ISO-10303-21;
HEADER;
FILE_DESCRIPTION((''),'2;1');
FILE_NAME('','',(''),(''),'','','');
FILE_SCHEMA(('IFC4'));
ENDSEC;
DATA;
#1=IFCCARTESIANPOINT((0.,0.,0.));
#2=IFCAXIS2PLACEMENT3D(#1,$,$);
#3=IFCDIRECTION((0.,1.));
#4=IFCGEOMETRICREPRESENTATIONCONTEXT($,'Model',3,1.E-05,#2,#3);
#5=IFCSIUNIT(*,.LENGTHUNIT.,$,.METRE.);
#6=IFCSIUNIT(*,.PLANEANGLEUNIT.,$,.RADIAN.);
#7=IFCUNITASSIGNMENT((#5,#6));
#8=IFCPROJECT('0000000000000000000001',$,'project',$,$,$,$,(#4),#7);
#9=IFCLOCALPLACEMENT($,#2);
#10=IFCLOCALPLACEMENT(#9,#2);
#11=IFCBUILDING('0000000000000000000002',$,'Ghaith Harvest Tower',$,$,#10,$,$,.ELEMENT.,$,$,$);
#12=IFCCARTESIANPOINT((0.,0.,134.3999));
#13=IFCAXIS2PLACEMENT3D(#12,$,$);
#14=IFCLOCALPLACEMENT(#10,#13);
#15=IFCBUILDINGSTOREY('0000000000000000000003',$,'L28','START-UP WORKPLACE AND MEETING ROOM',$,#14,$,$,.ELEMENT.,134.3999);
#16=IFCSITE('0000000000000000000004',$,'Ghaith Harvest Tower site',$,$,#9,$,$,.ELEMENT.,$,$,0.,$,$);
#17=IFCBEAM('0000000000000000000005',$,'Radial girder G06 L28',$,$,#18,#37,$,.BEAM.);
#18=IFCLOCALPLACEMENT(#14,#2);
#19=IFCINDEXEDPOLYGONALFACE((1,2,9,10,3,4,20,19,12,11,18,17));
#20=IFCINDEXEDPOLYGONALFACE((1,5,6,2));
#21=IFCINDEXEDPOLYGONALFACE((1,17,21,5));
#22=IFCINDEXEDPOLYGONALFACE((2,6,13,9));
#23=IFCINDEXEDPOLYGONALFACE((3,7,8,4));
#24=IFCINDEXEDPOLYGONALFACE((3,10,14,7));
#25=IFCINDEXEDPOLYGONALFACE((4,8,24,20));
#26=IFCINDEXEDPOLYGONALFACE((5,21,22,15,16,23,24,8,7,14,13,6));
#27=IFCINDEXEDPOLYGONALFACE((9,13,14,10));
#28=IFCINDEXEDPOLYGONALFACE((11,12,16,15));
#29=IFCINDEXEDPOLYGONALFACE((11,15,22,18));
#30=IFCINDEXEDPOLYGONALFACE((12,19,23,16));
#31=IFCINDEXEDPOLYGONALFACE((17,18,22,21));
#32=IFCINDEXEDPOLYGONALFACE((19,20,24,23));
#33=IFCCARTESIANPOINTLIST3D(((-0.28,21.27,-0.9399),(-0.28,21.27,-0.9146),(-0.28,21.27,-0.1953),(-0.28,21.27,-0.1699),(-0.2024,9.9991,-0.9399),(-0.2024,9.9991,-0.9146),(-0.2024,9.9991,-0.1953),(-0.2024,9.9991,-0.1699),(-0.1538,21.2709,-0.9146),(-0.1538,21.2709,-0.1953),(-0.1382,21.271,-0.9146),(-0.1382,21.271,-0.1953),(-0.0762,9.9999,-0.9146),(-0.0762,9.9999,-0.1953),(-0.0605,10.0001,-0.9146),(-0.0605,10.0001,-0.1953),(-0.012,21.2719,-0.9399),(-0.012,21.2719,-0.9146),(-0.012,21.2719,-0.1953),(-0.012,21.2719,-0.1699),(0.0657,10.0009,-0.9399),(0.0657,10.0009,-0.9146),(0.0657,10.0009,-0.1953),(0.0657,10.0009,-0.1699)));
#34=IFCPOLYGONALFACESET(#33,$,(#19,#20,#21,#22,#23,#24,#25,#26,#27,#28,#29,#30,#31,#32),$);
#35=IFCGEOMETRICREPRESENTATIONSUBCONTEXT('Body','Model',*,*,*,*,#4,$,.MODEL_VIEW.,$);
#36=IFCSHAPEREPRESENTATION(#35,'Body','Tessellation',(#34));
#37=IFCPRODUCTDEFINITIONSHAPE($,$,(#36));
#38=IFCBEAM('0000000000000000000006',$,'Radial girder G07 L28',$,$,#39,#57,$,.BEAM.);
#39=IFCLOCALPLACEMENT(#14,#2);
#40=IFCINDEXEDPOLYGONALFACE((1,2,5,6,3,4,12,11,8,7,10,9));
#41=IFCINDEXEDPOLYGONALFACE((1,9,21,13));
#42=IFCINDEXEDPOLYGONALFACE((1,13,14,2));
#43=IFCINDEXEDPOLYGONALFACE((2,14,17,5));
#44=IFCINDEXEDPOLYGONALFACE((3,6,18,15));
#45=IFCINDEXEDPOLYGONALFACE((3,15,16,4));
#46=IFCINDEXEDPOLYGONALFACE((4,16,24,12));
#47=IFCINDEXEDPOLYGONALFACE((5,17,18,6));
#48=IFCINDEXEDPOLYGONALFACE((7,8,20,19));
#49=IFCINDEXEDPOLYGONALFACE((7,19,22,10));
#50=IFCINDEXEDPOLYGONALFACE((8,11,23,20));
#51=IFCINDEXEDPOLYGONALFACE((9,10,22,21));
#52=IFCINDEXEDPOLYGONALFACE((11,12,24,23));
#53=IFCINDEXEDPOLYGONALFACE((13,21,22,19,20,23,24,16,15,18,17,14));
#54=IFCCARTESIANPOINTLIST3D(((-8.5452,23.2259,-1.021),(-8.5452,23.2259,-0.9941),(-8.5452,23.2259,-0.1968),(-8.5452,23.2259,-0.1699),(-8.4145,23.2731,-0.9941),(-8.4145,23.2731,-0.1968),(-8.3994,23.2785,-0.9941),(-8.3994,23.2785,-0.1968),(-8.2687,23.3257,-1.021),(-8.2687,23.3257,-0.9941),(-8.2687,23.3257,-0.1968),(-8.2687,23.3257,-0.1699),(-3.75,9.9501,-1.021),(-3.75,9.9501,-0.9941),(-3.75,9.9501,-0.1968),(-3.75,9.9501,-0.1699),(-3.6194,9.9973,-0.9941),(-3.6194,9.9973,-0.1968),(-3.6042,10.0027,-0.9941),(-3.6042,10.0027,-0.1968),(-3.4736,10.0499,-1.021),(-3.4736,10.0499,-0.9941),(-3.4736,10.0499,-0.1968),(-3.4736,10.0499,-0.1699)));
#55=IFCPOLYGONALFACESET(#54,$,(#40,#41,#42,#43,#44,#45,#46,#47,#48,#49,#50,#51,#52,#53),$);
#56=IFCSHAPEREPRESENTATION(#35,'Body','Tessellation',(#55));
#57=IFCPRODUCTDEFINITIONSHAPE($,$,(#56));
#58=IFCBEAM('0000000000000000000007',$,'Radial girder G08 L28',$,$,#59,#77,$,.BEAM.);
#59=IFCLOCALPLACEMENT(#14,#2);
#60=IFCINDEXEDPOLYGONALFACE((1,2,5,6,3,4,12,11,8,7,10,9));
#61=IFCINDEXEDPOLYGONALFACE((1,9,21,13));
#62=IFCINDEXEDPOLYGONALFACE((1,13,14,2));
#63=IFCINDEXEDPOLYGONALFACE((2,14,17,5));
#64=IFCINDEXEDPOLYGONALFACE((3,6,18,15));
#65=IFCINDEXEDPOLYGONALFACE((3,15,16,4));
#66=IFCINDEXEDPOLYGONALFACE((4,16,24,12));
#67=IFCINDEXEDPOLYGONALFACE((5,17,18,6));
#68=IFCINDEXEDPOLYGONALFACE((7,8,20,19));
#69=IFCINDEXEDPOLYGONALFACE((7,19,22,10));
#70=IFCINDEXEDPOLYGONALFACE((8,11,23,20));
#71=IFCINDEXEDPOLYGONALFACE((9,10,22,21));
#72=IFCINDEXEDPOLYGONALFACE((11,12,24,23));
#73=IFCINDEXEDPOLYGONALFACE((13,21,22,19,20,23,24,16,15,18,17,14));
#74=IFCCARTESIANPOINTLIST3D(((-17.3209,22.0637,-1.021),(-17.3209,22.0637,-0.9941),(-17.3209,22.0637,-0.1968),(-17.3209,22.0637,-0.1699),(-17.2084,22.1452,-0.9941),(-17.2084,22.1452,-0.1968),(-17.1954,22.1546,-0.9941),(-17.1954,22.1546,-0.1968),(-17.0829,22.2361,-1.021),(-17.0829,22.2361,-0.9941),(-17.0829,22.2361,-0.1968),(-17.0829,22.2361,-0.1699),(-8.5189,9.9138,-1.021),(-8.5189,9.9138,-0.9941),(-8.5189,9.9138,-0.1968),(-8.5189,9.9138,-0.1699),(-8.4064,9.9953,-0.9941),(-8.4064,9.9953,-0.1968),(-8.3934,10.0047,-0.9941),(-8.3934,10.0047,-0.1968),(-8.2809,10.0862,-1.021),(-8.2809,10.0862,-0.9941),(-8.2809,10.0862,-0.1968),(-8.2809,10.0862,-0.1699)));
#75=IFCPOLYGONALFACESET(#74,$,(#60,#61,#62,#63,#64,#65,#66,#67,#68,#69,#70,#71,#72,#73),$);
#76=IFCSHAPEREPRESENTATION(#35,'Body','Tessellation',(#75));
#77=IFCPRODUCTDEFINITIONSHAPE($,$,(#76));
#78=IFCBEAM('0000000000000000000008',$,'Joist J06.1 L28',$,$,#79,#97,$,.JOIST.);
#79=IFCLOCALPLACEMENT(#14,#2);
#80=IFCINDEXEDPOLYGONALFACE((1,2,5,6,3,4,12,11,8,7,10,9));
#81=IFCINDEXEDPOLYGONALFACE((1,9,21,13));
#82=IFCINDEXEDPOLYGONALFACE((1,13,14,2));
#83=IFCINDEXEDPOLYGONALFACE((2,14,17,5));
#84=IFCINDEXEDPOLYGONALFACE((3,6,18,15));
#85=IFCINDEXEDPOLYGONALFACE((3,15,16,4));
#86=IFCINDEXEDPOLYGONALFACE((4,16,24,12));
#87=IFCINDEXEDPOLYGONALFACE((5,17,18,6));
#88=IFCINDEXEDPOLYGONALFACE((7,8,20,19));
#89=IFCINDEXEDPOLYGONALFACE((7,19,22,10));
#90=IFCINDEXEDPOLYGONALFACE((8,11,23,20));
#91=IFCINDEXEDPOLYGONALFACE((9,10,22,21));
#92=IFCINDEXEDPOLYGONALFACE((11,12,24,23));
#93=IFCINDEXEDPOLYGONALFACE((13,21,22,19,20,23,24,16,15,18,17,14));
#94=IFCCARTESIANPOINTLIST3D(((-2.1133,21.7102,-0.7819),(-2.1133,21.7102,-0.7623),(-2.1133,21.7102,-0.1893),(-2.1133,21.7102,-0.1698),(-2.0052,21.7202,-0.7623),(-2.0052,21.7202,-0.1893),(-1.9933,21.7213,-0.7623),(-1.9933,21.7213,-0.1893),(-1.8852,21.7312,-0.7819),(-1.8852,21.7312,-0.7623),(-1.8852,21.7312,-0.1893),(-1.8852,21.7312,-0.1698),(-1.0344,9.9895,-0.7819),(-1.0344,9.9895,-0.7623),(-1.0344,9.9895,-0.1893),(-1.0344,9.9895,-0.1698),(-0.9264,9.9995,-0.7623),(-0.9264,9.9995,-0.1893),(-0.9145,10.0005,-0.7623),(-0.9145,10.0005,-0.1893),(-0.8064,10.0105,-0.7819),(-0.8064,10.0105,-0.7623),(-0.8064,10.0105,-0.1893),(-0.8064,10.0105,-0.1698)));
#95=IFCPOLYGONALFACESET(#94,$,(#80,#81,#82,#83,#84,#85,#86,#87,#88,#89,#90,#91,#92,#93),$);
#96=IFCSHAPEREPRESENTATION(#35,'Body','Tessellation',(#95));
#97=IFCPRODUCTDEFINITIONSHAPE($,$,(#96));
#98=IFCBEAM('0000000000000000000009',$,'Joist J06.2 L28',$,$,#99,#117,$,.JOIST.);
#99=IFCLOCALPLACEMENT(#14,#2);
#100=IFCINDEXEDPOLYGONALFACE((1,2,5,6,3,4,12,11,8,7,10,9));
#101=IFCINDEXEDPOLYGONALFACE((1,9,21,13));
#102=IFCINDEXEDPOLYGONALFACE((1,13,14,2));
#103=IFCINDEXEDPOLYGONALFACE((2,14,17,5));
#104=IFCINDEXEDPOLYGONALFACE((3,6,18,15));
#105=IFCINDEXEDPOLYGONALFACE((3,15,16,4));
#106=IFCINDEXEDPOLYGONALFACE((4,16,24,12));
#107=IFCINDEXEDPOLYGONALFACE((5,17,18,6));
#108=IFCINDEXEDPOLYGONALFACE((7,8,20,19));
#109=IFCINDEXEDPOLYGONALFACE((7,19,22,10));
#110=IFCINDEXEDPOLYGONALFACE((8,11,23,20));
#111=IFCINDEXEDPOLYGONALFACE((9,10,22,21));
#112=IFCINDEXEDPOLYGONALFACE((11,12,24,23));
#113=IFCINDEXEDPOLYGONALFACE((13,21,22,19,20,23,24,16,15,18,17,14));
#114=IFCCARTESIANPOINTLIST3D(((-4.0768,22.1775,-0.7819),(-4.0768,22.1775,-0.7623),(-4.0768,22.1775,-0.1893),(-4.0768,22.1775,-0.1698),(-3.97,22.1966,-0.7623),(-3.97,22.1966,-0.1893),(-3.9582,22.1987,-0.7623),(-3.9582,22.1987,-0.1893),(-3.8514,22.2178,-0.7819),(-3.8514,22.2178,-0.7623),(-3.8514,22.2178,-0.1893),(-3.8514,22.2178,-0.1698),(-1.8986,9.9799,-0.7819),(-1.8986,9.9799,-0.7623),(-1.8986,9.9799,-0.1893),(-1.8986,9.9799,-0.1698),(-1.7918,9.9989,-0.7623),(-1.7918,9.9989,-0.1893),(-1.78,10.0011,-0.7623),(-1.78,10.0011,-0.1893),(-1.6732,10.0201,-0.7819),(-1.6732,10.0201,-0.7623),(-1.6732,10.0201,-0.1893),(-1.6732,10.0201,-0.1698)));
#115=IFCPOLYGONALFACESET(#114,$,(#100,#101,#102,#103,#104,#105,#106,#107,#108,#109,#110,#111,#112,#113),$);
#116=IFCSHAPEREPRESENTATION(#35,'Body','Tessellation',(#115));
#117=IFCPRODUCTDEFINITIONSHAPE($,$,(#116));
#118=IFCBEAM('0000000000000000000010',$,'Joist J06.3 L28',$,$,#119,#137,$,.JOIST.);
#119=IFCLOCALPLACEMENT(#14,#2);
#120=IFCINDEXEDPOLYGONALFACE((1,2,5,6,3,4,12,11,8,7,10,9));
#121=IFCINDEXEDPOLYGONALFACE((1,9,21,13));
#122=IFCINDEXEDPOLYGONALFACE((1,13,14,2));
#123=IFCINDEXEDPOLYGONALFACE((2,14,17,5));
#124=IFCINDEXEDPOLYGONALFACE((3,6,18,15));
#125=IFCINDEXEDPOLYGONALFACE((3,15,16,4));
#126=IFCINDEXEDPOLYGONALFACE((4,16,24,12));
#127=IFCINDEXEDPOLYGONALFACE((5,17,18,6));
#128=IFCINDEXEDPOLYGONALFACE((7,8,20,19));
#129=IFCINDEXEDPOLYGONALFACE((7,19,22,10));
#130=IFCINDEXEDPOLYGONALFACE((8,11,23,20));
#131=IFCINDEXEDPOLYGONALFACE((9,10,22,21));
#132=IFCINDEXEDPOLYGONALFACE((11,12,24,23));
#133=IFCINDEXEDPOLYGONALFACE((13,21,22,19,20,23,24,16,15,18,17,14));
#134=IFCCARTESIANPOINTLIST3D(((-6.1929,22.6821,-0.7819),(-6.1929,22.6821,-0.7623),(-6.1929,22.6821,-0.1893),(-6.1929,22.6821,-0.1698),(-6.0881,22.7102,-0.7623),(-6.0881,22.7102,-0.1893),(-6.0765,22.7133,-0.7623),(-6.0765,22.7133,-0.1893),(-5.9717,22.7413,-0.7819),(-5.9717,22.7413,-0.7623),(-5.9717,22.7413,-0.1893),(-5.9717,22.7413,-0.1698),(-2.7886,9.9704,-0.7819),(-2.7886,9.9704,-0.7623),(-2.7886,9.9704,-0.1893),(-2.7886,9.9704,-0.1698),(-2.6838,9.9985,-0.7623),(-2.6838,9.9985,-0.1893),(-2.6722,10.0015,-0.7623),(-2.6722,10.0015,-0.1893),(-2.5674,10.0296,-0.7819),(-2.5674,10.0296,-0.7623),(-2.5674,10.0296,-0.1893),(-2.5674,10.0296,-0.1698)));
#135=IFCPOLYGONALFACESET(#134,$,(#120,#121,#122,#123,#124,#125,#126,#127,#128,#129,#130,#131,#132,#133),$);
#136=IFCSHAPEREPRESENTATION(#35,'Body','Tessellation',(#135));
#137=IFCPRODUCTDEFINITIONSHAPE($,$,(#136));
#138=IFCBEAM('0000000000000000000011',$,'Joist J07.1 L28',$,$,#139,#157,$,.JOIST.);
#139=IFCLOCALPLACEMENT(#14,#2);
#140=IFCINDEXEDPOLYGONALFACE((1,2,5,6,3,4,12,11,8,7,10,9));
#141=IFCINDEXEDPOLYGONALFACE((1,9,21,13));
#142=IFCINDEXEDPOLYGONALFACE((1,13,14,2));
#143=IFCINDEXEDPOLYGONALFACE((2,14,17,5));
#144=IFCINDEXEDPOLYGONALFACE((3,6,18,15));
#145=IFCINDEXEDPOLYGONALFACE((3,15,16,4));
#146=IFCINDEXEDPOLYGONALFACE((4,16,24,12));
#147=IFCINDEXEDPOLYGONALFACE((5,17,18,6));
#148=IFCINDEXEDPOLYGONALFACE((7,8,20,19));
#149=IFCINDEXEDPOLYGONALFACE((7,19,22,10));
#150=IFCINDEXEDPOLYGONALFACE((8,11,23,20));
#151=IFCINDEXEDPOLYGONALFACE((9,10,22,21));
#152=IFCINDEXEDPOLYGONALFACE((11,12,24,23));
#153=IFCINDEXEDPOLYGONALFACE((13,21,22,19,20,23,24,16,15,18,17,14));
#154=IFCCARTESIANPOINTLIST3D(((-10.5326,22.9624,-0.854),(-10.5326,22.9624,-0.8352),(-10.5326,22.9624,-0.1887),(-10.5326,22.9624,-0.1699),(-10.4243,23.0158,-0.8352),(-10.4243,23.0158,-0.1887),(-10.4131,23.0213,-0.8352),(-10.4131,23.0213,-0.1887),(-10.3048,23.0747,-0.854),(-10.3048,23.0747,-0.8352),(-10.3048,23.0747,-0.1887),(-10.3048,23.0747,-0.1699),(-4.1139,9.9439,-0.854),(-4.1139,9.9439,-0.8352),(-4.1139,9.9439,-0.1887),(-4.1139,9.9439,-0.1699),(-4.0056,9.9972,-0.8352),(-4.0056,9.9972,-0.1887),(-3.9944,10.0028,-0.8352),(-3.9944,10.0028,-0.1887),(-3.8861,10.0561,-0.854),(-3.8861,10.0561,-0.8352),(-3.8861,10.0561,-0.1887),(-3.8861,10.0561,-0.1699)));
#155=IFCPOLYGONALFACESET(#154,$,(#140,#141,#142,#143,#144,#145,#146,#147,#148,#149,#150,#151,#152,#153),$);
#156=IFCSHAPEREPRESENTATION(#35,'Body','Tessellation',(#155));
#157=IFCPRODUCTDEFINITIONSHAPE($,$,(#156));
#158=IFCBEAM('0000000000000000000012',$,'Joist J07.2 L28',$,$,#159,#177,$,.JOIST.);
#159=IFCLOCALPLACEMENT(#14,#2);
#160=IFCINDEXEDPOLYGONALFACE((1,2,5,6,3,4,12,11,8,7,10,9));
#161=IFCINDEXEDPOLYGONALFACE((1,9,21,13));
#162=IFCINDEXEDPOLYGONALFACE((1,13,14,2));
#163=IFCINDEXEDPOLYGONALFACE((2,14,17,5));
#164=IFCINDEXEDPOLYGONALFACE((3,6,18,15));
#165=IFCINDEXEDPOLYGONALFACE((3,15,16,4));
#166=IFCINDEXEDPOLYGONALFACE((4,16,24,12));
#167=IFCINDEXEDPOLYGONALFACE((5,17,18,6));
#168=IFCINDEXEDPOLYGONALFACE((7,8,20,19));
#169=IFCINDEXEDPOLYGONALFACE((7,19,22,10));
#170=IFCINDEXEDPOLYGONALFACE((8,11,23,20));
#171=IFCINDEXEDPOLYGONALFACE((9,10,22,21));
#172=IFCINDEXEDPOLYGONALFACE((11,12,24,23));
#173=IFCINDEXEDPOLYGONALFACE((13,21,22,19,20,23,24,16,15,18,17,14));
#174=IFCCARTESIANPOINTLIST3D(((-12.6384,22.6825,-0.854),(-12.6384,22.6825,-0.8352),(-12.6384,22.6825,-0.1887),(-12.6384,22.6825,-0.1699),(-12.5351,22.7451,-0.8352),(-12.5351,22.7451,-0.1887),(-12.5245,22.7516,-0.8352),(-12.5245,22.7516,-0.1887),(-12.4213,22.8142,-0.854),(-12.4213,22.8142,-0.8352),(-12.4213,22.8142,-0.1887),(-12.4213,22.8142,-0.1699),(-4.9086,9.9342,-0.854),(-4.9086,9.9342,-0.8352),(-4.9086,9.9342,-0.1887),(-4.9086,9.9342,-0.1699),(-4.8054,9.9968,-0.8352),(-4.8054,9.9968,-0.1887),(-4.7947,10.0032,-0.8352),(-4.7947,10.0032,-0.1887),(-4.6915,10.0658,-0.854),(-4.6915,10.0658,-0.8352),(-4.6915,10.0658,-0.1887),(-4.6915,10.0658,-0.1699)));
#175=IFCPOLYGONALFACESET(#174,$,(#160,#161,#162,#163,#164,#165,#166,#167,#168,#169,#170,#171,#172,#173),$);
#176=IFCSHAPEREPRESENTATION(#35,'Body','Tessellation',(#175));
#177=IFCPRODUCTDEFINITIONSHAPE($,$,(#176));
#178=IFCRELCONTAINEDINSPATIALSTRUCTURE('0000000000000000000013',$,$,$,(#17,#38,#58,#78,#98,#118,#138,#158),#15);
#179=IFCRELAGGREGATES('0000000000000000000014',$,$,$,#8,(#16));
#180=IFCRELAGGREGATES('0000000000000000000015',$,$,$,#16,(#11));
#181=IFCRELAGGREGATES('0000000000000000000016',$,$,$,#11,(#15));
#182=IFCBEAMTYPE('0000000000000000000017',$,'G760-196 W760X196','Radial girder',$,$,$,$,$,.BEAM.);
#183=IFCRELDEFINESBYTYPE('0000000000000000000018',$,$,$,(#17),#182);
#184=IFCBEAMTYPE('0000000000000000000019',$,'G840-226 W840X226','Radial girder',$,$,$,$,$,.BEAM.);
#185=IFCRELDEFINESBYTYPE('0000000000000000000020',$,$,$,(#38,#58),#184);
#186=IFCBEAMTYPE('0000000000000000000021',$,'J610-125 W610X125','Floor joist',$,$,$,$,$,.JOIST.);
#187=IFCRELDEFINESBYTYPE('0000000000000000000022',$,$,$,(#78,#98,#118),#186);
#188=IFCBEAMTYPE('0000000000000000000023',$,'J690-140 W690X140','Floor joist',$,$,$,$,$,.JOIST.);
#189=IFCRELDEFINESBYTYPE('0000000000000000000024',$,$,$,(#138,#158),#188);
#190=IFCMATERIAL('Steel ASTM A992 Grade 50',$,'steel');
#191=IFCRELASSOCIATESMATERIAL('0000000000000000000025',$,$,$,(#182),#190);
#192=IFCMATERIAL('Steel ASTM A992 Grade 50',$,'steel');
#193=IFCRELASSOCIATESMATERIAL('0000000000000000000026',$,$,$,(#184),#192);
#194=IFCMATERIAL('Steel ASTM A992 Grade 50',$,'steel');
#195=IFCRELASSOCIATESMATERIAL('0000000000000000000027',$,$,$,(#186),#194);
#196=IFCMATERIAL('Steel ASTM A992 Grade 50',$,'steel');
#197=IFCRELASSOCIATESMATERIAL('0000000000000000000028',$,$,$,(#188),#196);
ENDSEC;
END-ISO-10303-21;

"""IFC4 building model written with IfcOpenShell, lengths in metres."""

from ifc_helpers import new_model, si_unit, direction, frame, origin, origin_2d, place, context, subcontext, project, spatial, i_section, extrude, material, material_profile, profile_set, type_object, element, save


model = new_model("IFC4")

# Units and contexts
model_context = context("Model", 3, precision=1e-05, world=origin(), true_north=direction((0.0, 1.0)))
body_context = subcontext(model_context, "Body", "Model", "MODEL_VIEW")
ifc_project = project(units=[si_unit("LENGTHUNIT", "METRE"), si_unit("PLANEANGLEUNIT", "RADIAN")], contexts=[model_context])

# Site, building, storey
site_placement = place(None, origin())
site = spatial("IfcSite", under=ifc_project, at=site_placement, Name="Ghaith Harvest Tower site", CompositionType="ELEMENT", RefElevation=0.0)
building_placement = place(site_placement, origin())
building = spatial("IfcBuilding", under=site, at=building_placement, Name="Ghaith Harvest Tower", CompositionType="ELEMENT")
storey_placement = place(building_placement, frame((0.0, 0.0, 134.3999)))
storey = spatial("IfcBuildingStorey", under=building, at=storey_placement, Name="L28", Description="START-UP WORKPLACE AND MEETING ROOM", CompositionType="ELEMENT", Elevation=134.3999)

# Beams
ifc_material_1 = material(Name="Steel ASTM A992 Grade 50", Category="steel")
ifc_material_profile_1 = material_profile(ifc_material_1, i_section(OverallWidth=0.2681, OverallDepth=0.77, WebThickness=0.0156, FlangeThickness=0.0254, at=origin_2d()), Name="W760X196")
ifc_profile_set_1 = profile_set([ifc_material_profile_1], Name="Steel ASTM A992 Grade 50")
beam_type_1 = type_object("IfcBeamType", Name="G760-196 W760X196", Description="Radial girder", PredefinedType="BEAM", material=ifc_profile_set_1)
beam_1_placement = place(storey_placement, frame((-0.0684, 10.0, -0.5549), z_axis=(-0.006888, 0.999976, 0.0), x_axis=(-0.999976, -0.006888, 0.0)))
element("IfcBeam", 1, at=beam_1_placement, inside=storey, type_object=beam_type_1, Name="Radial girder G06 L28", PredefinedType="BEAM", context=body_context, shape_type="SweptSolid", body=[
    extrude(i_section(OverallWidth=0.2681, OverallDepth=0.77, WebThickness=0.0156, FlangeThickness=0.0254, at=origin_2d()), origin(), (0.0, 0.0, 1.0), 11.2712),
])
ifc_material_2 = material(Name="Steel ASTM A992 Grade 50", Category="steel")
ifc_material_profile_2 = material_profile(ifc_material_2, i_section(OverallWidth=0.2939, OverallDepth=0.8511, WebThickness=0.0161, FlangeThickness=0.0269, at=origin_2d()), Name="W840X226")
ifc_profile_set_2 = profile_set([ifc_material_profile_2], Name="Steel ASTM A992 Grade 50")
beam_type_2 = type_object("IfcBeamType", Name="G840-226 W840X226", Description="Radial girder", PredefinedType="BEAM", material=ifc_profile_set_2)
beam_2_placement = place(storey_placement, frame((-3.6118, 10.0, -0.5955), z_axis=(-0.339713, 0.940529, 0.0), x_axis=(-0.940529, -0.339713, 0.0)))
element("IfcBeam", 2, at=beam_2_placement, inside=storey, type_object=beam_type_2, Name="Radial girder G07 L28", PredefinedType="BEAM", context=body_context, shape_type="SweptSolid", body=[
    extrude(i_section(OverallWidth=0.2939, OverallDepth=0.8511, WebThickness=0.0161, FlangeThickness=0.0269, at=origin_2d()), origin(), (0.0, 0.0, 1.0), 14.1152),
])
beam_3_placement = place(storey_placement, frame((-8.3999, 10.0, -0.5955), z_axis=(-0.586676, 0.809822, 0.0), x_axis=(-0.809822, -0.586676, 0.0)))
element("IfcBeam", 3, at=beam_3_placement, inside=storey, type_object=beam_type_2, Name="Radial girder G08 L28", PredefinedType="BEAM", context=body_context, shape_type="SweptSolid", body=[
    extrude(i_section(OverallWidth=0.2939, OverallDepth=0.8511, WebThickness=0.0161, FlangeThickness=0.0269, at=origin_2d()), origin(), (0.0, 0.0, 1.0), 15.0032),
])
ifc_material_3 = material(Name="Steel ASTM A992 Grade 50", Category="steel")
ifc_material_profile_3 = material_profile(ifc_material_3, i_section(OverallWidth=0.229, OverallDepth=0.6121, WebThickness=0.012, FlangeThickness=0.0195, at=origin_2d()), Name="W610X125")
ifc_profile_set_3 = profile_set([ifc_material_profile_3], Name="Steel ASTM A992 Grade 50")
beam_type_3 = type_object("IfcBeamType", Name="J610-125 W610X125", Description="Floor joist", PredefinedType="JOIST", material=ifc_profile_set_3)
beam_4_placement = place(storey_placement, frame((-0.9204, 10.0, -0.4758), z_axis=(-0.09166, 0.99579, 0.0), x_axis=(-0.99579, -0.09166, 0.0)))
element("IfcBeam", 4, at=beam_4_placement, inside=storey, type_object=beam_type_3, Name="Joist J06.1 L28", PredefinedType="JOIST", context=body_context, shape_type="SweptSolid", body=[
    extrude(i_section(OverallWidth=0.229, OverallDepth=0.6121, WebThickness=0.012, FlangeThickness=0.0195, at=origin_2d()), origin(), (0.0, 0.0, 1.0), 11.7703),
])
beam_5_placement = place(storey_placement, frame((-1.7859, 10.0, -0.4758), z_axis=(-0.175795, 0.984427, 0.0), x_axis=(-0.984427, -0.175795, 0.0)))
element("IfcBeam", 5, at=beam_5_placement, inside=storey, type_object=beam_type_3, Name="Joist J06.2 L28", PredefinedType="JOIST", context=body_context, shape_type="SweptSolid", body=[
    extrude(i_section(OverallWidth=0.229, OverallDepth=0.6121, WebThickness=0.012, FlangeThickness=0.0195, at=origin_2d()), origin(), (0.0, 0.0, 1.0), 12.3906),
])
beam_6_placement = place(storey_placement, frame((-2.678, 10.0, -0.4758), z_axis=(-0.258693, 0.96596, 0.0), x_axis=(-0.96596, -0.258693, 0.0)))
element("IfcBeam", 6, at=beam_6_placement, inside=storey, type_object=beam_type_3, Name="Joist J06.3 L28", PredefinedType="JOIST", context=body_context, shape_type="SweptSolid", body=[
    extrude(i_section(OverallWidth=0.229, OverallDepth=0.6121, WebThickness=0.012, FlangeThickness=0.0195, at=origin_2d()), origin(), (0.0, 0.0, 1.0), 13.1597),
])
ifc_material_4 = material(Name="Steel ASTM A992 Grade 50", Category="steel")
ifc_material_profile_4 = material_profile(ifc_material_4, i_section(OverallWidth=0.2539, OverallDepth=0.6841, WebThickness=0.0125, FlangeThickness=0.0188, at=origin_2d()), Name="W690X140")
ifc_profile_set_4 = profile_set([ifc_material_profile_4], Name="Steel ASTM A992 Grade 50")
beam_type_4 = type_object("IfcBeamType", Name="J690-140 W690X140", Description="Floor joist", PredefinedType="JOIST", material=ifc_profile_set_4)
beam_7_placement = place(storey_placement, frame((-4.0, 10.0, -0.512), z_axis=(-0.442214, 0.896909, 0.0), x_axis=(-0.896909, -0.442214, 0.0)))
element("IfcBeam", 7, at=beam_7_placement, inside=storey, type_object=beam_type_4, Name="Joist J07.1 L28", PredefinedType="JOIST", context=body_context, shape_type="SweptSolid", body=[
    extrude(i_section(OverallWidth=0.2539, OverallDepth=0.6841, WebThickness=0.0125, FlangeThickness=0.0188, at=origin_2d()), origin(), (0.0, 0.0, 1.0), 14.5149),
])
beam_8_placement = place(storey_placement, frame((-4.8, 10.0, -0.512), z_axis=(-0.518473, 0.855094, 0.0), x_axis=(-0.855094, -0.518473, 0.0)))
element("IfcBeam", 8, at=beam_8_placement, inside=storey, type_object=beam_type_4, Name="Joist J07.2 L28", PredefinedType="JOIST", context=body_context, shape_type="SweptSolid", body=[
    extrude(i_section(OverallWidth=0.2539, OverallDepth=0.6841, WebThickness=0.0125, FlangeThickness=0.0188, at=origin_2d()), origin(), (0.0, 0.0, 1.0), 14.9087),
])

save(model, "model.ifc")
